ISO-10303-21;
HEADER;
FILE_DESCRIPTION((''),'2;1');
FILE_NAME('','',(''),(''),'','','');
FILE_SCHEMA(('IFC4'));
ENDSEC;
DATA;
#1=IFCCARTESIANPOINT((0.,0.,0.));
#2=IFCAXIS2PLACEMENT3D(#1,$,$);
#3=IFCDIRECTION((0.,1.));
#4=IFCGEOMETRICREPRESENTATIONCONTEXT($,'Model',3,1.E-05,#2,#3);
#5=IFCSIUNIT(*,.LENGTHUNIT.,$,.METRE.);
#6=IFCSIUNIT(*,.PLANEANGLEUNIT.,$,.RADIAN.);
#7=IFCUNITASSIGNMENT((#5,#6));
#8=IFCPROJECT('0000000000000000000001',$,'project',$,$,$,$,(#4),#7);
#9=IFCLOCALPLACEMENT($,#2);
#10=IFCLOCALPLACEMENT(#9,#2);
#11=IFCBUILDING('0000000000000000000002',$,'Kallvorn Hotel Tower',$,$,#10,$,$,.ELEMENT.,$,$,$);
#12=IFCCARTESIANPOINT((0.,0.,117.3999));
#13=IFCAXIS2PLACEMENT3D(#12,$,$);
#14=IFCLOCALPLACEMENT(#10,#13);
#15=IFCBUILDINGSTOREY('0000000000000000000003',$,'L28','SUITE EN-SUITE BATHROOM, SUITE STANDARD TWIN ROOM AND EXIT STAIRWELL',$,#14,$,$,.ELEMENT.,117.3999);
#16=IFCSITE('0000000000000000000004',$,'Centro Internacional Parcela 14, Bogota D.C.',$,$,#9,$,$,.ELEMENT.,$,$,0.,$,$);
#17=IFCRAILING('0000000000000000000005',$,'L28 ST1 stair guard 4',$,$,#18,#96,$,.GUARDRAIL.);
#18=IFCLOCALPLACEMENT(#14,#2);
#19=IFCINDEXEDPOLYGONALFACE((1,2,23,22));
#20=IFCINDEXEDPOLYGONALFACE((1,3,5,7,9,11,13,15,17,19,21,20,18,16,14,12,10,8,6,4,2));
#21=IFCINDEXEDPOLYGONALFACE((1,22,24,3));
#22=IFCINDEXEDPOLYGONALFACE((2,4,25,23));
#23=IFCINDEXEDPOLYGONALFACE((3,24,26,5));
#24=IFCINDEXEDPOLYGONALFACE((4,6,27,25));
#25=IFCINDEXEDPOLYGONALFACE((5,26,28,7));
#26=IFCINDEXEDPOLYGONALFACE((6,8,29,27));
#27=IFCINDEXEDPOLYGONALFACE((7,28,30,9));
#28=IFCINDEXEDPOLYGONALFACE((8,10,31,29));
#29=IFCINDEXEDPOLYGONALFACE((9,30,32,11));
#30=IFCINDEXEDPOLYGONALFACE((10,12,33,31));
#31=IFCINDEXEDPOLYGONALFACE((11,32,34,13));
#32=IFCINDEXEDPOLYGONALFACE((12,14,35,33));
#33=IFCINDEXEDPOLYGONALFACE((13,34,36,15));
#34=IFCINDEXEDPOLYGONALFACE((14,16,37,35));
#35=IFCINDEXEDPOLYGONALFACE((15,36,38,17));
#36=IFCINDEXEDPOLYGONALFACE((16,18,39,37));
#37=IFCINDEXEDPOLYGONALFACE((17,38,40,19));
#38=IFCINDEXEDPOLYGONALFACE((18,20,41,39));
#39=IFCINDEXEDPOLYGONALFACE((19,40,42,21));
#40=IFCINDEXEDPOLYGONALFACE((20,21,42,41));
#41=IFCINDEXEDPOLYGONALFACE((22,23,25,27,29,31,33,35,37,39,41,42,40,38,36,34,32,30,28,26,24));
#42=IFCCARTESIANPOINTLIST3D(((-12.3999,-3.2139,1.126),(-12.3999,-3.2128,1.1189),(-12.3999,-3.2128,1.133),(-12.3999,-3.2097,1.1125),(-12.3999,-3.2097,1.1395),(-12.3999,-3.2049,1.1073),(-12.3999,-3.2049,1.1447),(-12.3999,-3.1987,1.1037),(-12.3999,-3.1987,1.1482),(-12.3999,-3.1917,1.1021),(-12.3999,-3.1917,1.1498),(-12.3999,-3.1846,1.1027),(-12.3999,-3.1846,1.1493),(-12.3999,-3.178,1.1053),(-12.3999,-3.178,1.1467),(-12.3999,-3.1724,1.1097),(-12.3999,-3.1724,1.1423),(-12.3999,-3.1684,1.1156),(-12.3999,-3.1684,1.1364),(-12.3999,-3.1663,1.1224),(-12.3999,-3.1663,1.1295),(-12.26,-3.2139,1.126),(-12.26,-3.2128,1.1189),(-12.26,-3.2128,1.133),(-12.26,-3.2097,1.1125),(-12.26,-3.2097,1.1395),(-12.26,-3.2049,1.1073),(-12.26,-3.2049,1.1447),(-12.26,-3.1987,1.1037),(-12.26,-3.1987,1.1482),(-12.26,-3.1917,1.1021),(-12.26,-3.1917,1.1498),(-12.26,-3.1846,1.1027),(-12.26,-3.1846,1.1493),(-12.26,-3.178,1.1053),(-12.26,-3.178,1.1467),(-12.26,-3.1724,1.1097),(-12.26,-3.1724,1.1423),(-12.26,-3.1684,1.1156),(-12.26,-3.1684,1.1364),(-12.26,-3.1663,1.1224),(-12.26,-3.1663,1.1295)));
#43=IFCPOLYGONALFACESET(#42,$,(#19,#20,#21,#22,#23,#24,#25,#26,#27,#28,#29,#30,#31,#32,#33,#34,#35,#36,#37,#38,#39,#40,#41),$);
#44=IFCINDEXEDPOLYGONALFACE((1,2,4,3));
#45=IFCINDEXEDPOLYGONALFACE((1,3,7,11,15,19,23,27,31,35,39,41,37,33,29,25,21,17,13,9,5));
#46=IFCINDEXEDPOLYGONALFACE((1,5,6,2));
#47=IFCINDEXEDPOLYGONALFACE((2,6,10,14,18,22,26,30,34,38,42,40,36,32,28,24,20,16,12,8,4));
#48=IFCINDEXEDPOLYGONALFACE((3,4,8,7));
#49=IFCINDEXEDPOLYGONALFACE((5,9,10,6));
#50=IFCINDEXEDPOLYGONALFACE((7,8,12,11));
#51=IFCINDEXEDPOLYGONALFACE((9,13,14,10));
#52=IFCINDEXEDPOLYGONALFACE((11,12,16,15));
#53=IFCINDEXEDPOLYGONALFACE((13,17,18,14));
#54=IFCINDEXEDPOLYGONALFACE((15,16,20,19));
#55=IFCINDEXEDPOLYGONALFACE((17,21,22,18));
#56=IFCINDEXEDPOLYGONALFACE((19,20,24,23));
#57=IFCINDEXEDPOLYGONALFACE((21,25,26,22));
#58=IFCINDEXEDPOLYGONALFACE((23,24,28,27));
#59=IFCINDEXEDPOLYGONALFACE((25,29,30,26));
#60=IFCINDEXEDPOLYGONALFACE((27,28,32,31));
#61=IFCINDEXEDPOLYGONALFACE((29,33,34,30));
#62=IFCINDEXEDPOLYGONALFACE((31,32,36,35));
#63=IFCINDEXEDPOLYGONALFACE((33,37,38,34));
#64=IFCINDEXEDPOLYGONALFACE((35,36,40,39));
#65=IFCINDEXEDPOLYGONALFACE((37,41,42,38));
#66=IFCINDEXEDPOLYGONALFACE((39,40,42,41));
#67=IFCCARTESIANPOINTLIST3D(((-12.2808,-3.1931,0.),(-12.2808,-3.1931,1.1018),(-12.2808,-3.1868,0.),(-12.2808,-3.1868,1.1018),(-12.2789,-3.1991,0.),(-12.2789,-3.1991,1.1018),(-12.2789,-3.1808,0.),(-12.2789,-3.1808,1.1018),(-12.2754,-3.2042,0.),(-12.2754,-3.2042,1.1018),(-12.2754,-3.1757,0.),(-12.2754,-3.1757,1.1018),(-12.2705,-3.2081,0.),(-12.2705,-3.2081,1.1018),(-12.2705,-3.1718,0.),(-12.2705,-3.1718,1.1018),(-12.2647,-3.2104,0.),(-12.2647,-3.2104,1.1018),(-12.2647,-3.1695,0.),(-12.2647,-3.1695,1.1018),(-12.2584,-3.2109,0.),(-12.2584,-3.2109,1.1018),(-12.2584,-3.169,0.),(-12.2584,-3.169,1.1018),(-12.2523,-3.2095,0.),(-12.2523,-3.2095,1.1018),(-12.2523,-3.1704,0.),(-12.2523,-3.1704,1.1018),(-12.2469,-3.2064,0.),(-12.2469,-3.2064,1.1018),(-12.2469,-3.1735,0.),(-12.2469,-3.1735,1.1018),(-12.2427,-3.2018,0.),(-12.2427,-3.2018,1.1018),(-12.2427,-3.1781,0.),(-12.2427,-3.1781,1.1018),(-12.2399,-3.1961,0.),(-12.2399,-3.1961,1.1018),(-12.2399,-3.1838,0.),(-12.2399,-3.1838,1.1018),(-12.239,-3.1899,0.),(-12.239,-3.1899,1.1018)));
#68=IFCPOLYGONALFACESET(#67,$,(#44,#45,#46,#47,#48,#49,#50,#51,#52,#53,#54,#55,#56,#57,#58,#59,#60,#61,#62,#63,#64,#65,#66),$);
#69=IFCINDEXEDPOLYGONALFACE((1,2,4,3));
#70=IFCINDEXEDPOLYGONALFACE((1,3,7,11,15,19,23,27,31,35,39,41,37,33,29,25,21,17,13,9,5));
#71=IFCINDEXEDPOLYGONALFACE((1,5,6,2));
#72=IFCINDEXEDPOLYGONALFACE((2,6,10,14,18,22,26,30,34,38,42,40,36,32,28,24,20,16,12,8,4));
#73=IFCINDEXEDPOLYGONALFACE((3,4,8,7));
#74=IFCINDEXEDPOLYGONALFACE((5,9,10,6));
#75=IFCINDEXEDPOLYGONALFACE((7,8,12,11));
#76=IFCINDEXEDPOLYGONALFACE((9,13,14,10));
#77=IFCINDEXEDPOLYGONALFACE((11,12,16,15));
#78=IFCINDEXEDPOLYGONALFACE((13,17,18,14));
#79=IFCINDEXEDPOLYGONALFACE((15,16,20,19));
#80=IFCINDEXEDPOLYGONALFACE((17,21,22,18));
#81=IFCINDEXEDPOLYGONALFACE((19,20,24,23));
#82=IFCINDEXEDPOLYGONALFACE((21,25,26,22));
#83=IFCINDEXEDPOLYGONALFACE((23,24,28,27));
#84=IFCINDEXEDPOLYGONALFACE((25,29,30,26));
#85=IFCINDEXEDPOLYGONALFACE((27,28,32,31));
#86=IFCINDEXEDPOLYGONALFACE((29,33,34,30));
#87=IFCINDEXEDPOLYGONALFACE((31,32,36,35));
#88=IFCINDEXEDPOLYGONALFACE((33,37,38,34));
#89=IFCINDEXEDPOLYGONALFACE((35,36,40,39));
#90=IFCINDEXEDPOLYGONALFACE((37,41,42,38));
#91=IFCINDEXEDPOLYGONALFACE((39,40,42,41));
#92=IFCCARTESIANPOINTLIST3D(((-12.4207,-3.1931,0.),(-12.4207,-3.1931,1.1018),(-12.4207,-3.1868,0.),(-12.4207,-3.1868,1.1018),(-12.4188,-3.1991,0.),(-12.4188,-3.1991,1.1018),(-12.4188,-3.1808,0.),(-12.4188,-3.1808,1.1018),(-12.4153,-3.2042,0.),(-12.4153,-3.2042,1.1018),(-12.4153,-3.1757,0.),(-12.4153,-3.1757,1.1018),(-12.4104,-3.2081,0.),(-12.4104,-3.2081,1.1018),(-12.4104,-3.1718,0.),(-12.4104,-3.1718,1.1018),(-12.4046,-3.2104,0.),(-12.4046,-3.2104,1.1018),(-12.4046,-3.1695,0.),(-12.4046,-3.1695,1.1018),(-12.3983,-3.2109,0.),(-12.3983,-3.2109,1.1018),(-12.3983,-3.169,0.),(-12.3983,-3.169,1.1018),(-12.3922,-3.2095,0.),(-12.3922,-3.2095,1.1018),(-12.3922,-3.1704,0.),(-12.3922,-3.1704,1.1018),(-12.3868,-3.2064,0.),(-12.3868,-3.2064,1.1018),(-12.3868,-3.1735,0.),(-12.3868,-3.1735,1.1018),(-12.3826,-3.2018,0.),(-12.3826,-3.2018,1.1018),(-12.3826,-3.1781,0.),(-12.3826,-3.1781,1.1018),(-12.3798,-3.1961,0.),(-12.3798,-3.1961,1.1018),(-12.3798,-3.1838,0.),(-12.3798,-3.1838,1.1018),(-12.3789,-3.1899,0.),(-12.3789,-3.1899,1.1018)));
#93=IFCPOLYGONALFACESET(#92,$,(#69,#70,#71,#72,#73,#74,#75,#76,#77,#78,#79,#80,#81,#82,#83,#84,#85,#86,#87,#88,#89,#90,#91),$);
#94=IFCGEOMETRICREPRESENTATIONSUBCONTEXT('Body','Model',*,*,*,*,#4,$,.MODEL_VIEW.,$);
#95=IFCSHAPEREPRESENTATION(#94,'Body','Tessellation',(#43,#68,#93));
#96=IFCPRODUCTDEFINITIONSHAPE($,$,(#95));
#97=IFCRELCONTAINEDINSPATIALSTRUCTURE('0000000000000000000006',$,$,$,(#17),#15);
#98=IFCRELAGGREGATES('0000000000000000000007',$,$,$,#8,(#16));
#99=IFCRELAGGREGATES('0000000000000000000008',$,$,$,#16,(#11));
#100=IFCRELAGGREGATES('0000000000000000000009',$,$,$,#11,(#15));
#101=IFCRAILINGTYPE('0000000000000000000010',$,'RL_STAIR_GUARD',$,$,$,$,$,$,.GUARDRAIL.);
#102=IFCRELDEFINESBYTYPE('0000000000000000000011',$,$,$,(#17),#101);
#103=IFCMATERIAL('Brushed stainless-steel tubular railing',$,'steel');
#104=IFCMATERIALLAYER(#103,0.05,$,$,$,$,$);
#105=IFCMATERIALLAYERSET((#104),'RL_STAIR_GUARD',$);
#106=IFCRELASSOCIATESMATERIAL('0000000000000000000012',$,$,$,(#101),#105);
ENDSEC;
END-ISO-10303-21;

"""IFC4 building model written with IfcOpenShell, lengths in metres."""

from ifc_helpers import new_model, si_unit, direction, frame, origin, origin_2d, place, context, subcontext, project, spatial, circle, extrude, material, layer, layer_set, type_object, element, save


model = new_model("IFC4")

# Units and contexts
model_context = context("Model", 3, precision=1e-05, world=origin(), true_north=direction((0.0, 1.0)))
body_context = subcontext(model_context, "Body", "Model", "MODEL_VIEW")
ifc_project = project(units=[si_unit("LENGTHUNIT", "METRE"), si_unit("PLANEANGLEUNIT", "RADIAN")], contexts=[model_context])

# Site, building, storey
site_placement = place(None, origin())
site = spatial("IfcSite", under=ifc_project, at=site_placement, Name="Centro Internacional Parcela 14, Bogota D.C.", CompositionType="ELEMENT", RefElevation=0.0)
building_placement = place(site_placement, origin())
building = spatial("IfcBuilding", under=site, at=building_placement, Name="Kallvorn Hotel Tower", CompositionType="ELEMENT")
storey_placement = place(building_placement, frame((0.0, 0.0, 117.3999)))
storey = spatial("IfcBuildingStorey", under=building, at=storey_placement, Name="L28", Description="SUITE EN-SUITE BATHROOM, SUITE STANDARD TWIN ROOM AND EXIT STAIRWELL", CompositionType="ELEMENT", Elevation=117.3999)

# Railing
ifc_material_1 = material(Name="Brushed stainless-steel tubular railing", Category="steel")
ifc_layer_1 = layer(ifc_material_1, 0.05)
ifc_layer_set_1 = layer_set([ifc_layer_1], Name="RL_STAIR_GUARD")
railing_type_1 = type_object("IfcRailingType", Name="RL_STAIR_GUARD", PredefinedType="GUARDRAIL", material=ifc_layer_set_1)
railing_1_placement = place(storey_placement, frame((-12.26, -3.1899, 0.0)))
element("IfcRailing", 1, at=railing_1_placement, inside=storey, type_object=railing_type_1, Name="L28 ST1 stair guard 4", PredefinedType="GUARDRAIL", context=body_context, shape_type="SweptSolid", body=[
    extrude(circle(Radius=0.0239, at=origin_2d()), frame((0.0, 0.0, 1.126), z_axis=(-1.0, 0.0, 0.0), x_axis=(0.0, -1.0, 0.0)), (0.0, 0.0, 1.0), 0.1399),
    extrude(circle(Radius=0.021, at=origin_2d()), origin(), (0.0, 0.0, 1.0), 1.1018),
    extrude(circle(Radius=0.021, at=origin_2d()), frame((-0.1399, 0.0, 0.0)), (0.0, 0.0, 1.0), 1.1018),
])

save(model, "model.ifc")
